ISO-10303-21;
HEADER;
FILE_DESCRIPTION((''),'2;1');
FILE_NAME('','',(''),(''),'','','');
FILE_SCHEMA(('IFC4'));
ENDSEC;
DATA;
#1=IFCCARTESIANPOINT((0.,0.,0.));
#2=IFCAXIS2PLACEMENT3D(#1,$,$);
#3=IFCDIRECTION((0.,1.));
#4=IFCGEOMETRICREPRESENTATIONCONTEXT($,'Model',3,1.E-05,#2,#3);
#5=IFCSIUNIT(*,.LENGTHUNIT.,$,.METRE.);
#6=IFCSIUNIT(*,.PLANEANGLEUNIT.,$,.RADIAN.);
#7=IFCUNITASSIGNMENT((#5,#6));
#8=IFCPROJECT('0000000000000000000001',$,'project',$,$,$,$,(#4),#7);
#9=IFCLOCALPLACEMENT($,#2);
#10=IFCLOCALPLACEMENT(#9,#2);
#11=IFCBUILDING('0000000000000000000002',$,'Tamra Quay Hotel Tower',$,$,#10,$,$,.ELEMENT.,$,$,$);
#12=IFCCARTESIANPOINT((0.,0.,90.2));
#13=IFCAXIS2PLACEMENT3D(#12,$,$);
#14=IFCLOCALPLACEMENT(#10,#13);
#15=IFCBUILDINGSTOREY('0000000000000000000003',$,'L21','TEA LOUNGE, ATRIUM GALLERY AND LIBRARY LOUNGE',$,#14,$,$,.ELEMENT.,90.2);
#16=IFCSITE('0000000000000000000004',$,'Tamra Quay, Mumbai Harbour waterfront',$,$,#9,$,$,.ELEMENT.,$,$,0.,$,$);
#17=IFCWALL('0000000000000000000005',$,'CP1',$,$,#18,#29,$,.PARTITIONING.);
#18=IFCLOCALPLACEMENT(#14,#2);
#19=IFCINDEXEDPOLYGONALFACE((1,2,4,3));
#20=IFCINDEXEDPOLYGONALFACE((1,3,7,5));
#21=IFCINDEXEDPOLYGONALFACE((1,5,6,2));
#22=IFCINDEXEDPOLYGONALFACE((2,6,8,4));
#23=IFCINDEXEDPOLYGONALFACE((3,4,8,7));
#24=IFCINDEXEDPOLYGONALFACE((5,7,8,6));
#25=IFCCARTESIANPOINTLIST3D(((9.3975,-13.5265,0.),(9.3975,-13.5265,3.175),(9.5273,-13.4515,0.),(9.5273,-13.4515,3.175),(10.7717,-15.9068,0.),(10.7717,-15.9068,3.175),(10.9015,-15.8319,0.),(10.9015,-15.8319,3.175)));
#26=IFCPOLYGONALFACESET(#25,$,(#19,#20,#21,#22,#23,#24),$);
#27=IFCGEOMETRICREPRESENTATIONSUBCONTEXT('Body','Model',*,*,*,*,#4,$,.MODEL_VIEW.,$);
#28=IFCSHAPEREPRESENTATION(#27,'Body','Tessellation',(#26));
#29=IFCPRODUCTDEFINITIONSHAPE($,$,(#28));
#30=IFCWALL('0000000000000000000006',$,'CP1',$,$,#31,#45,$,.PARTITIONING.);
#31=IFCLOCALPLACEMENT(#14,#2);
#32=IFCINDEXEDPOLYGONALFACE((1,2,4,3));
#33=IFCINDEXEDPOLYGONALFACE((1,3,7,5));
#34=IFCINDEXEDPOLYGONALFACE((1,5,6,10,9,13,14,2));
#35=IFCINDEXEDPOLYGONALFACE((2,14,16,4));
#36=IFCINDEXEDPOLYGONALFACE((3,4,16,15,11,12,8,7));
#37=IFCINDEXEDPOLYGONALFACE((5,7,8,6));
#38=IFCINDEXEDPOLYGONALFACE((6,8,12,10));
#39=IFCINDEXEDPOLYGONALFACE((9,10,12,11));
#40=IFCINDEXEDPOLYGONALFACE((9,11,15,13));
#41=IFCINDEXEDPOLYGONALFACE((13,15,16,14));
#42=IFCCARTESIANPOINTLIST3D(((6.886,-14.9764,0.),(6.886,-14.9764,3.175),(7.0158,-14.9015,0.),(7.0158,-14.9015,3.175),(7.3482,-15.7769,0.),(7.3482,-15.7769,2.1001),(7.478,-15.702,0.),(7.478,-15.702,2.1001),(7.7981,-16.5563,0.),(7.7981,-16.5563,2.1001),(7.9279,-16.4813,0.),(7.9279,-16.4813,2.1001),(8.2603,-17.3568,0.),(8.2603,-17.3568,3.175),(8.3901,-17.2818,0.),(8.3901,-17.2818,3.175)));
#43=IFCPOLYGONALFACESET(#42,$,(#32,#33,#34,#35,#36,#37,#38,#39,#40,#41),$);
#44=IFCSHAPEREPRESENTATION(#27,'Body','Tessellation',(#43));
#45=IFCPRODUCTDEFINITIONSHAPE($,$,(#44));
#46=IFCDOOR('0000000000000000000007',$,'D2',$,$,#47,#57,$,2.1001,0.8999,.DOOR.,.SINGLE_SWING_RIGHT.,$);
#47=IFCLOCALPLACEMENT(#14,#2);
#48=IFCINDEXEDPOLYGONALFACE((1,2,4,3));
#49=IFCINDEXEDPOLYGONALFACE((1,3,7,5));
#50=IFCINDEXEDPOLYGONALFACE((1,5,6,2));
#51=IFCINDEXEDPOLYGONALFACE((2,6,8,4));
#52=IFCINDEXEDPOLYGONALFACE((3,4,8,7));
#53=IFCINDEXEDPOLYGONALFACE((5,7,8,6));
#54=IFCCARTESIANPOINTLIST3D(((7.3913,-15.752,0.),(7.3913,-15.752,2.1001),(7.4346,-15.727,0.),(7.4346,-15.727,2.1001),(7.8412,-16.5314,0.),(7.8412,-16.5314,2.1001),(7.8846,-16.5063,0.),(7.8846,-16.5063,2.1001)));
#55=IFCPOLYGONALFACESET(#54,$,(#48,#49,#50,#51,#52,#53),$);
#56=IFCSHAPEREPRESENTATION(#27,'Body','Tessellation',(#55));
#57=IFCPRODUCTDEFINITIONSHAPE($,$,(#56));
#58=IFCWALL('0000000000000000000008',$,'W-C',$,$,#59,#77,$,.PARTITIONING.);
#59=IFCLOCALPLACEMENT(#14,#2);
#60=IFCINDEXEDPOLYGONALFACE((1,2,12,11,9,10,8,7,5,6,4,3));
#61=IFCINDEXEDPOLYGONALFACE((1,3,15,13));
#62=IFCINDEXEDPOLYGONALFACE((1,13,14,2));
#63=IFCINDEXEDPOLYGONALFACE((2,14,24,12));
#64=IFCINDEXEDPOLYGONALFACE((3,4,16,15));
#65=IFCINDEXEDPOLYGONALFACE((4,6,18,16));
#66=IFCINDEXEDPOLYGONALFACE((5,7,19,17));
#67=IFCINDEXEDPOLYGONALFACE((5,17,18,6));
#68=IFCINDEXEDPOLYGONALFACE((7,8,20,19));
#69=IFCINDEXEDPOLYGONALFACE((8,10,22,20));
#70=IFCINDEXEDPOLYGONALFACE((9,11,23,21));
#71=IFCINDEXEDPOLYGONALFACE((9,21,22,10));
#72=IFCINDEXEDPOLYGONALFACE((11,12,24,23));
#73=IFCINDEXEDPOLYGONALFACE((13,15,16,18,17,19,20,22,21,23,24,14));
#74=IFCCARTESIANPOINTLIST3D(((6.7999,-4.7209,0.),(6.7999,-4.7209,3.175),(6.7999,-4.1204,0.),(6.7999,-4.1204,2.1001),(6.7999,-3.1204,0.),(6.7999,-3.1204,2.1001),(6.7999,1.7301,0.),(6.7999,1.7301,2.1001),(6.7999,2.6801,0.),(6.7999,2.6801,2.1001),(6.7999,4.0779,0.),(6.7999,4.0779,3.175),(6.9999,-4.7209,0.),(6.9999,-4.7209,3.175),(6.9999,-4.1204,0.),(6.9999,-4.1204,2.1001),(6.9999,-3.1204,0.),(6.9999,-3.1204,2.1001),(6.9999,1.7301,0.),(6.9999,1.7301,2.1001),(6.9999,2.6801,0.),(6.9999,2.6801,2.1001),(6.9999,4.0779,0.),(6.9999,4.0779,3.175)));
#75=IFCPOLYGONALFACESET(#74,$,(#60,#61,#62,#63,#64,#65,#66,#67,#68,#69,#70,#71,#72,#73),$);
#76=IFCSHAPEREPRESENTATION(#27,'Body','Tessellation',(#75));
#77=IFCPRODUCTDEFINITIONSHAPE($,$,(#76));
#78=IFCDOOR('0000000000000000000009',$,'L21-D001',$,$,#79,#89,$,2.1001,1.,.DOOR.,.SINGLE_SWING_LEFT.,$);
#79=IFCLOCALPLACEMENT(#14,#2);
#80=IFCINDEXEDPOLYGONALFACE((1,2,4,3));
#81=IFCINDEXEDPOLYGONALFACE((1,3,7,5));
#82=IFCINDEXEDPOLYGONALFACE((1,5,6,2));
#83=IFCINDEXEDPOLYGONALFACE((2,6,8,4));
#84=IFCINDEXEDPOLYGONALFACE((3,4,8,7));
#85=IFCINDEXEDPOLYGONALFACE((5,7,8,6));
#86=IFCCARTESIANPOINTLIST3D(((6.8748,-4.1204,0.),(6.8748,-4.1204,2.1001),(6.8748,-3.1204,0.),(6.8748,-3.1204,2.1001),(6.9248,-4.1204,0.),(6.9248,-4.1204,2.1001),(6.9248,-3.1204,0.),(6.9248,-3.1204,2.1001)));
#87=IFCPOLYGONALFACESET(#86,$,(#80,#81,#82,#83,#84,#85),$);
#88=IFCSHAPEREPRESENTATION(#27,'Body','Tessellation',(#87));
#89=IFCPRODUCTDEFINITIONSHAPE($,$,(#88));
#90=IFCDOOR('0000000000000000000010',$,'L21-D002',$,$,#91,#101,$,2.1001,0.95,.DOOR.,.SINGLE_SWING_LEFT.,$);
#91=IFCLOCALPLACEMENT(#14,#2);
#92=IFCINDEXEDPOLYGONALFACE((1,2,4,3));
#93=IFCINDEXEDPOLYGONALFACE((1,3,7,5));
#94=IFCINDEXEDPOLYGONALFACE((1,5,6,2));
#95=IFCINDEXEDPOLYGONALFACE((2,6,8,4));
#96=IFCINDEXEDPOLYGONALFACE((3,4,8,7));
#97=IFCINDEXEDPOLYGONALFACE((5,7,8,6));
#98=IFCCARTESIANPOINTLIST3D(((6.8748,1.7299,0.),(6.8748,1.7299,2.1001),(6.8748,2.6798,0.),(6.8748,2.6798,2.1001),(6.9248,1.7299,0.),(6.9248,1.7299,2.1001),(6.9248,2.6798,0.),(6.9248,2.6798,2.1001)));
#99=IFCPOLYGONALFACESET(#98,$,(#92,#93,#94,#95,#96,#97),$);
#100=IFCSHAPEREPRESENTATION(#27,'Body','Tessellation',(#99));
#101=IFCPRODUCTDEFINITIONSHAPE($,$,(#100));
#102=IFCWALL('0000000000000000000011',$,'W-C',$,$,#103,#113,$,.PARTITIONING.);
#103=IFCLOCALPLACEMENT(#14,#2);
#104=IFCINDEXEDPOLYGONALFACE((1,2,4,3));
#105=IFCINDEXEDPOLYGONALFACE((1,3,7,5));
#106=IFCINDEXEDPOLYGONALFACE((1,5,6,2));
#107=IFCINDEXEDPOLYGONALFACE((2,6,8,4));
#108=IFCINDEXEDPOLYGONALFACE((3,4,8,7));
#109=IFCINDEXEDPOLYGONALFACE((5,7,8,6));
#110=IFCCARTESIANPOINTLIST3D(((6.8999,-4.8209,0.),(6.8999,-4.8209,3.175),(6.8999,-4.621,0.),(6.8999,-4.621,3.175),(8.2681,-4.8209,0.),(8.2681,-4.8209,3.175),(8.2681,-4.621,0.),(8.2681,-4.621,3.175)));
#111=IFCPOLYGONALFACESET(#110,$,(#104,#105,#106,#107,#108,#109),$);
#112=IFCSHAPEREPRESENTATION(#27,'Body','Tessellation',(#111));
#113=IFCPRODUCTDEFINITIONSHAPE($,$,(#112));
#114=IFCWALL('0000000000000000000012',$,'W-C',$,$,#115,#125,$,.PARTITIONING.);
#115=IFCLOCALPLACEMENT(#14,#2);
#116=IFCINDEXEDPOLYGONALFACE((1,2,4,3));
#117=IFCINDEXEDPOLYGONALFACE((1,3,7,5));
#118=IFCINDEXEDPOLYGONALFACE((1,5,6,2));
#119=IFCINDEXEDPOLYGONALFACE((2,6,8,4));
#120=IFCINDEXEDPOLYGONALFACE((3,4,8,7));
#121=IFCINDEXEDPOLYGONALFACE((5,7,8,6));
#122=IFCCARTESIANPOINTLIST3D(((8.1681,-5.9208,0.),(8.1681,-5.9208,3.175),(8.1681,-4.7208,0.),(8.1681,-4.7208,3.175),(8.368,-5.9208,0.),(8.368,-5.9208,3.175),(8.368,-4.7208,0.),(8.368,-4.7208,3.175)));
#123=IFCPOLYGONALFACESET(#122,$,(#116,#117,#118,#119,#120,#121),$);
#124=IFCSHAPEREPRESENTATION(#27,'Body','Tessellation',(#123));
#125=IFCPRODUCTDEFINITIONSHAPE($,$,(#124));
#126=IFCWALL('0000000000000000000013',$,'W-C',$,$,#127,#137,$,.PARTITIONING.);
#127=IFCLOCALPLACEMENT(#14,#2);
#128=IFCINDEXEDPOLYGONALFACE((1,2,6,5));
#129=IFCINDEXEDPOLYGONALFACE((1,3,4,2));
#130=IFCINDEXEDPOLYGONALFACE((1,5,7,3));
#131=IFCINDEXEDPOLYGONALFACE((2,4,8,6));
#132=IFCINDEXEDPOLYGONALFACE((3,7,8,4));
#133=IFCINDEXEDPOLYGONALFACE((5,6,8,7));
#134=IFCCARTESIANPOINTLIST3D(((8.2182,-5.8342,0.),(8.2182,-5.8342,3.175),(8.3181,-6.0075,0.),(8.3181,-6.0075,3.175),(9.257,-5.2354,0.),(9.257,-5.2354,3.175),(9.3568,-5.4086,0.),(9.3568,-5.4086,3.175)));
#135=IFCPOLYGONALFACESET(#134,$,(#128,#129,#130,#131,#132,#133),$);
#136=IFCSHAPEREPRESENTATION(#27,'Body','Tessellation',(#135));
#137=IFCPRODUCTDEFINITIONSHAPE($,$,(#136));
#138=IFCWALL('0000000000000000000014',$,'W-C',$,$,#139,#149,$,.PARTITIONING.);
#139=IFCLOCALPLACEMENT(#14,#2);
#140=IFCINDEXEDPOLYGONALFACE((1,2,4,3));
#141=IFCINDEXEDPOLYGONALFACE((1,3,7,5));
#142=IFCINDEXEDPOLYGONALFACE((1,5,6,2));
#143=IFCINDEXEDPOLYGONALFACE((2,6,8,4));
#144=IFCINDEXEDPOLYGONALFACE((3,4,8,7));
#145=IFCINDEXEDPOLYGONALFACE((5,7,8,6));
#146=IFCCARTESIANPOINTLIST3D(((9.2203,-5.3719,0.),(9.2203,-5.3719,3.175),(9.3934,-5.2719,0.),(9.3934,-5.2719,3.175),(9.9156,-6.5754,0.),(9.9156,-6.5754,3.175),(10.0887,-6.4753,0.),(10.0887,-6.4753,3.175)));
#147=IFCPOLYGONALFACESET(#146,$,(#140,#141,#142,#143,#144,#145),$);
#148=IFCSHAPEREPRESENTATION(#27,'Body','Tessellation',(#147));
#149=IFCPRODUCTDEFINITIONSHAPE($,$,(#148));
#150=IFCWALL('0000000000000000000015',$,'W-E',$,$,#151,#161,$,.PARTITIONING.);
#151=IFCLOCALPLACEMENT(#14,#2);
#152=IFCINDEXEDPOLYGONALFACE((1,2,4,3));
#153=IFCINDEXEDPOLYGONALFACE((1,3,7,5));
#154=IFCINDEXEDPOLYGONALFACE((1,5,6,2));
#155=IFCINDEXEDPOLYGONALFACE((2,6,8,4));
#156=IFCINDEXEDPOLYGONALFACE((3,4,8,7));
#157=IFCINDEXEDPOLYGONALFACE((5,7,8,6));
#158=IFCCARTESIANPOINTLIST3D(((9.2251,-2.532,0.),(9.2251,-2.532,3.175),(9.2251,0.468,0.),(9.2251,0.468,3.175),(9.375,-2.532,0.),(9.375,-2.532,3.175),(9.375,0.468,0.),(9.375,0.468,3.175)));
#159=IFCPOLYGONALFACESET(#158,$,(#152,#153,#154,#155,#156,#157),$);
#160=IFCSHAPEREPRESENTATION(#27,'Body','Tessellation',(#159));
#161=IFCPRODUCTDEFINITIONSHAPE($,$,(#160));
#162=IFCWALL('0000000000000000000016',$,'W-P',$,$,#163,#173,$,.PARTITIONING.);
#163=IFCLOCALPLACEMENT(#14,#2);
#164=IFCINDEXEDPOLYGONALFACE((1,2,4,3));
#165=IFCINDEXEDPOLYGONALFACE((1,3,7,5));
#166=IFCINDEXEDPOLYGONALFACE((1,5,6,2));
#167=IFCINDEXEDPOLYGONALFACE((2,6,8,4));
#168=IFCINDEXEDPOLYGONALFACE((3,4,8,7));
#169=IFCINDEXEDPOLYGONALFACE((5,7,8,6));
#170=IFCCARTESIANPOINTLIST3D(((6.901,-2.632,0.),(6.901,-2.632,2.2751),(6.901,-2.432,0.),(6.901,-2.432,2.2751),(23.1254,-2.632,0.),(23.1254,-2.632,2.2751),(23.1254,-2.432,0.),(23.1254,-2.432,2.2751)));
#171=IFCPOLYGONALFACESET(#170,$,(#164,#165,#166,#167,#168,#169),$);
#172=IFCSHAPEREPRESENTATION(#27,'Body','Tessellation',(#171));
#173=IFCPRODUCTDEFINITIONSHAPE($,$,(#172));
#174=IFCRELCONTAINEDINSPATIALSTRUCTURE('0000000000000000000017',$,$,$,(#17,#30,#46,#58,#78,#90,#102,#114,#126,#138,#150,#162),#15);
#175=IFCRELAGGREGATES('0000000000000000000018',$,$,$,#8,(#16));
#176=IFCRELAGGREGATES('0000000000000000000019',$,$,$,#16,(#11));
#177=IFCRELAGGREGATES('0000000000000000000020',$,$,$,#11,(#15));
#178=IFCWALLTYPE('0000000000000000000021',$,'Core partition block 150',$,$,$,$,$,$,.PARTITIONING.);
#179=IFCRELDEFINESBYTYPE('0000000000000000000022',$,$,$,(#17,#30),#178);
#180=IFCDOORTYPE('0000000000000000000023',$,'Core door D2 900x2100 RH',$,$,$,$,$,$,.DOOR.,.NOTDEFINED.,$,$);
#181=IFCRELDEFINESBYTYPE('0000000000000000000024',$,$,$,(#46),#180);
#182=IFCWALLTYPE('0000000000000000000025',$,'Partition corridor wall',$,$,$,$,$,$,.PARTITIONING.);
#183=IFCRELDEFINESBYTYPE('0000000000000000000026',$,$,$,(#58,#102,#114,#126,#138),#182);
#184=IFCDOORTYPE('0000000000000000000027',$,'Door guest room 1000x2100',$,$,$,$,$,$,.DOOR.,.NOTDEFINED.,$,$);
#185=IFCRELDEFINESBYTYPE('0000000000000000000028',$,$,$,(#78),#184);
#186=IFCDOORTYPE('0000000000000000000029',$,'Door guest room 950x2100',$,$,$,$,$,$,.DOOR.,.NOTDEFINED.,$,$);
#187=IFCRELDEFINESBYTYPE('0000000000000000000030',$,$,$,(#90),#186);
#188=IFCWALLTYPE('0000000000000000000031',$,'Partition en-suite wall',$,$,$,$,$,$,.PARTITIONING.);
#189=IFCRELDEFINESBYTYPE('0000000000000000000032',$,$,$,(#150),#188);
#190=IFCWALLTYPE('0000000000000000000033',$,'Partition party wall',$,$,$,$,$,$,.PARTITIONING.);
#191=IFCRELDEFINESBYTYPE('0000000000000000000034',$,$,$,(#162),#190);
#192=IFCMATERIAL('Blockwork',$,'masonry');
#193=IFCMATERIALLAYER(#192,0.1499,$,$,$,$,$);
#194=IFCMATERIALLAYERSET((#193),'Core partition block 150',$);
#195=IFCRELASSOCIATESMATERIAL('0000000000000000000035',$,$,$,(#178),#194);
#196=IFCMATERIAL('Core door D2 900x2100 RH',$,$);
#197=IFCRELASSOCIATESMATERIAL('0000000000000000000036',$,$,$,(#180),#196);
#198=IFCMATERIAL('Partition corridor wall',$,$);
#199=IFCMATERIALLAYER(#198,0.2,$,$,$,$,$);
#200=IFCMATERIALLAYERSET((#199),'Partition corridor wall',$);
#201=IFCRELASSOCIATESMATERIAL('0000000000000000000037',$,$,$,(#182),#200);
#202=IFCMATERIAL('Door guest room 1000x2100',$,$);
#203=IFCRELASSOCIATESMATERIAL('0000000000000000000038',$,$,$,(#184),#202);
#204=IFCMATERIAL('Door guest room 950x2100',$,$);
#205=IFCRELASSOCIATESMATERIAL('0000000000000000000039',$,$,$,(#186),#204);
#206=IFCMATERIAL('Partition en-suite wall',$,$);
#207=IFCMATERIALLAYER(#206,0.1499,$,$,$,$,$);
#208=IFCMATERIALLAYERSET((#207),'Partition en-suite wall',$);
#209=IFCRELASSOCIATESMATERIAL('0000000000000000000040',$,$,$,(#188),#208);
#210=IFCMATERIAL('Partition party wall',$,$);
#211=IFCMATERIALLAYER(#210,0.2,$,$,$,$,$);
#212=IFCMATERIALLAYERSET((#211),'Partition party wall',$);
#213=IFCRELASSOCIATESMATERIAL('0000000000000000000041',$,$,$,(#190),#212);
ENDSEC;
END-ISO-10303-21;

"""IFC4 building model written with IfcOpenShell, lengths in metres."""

from ifc_helpers import new_model, si_unit, direction, frame, frame_2d, origin, place, context, subcontext, project, spatial, rectangle, extrude, material, layer, layer_set, type_object, element, fill, save


model = new_model("IFC4")

# Units and contexts
model_context = context("Model", 3, precision=1e-05, world=origin(), true_north=direction((0.0, 1.0)))
body_context = subcontext(model_context, "Body", "Model", "MODEL_VIEW")
ifc_project = project(units=[si_unit("LENGTHUNIT", "METRE"), si_unit("PLANEANGLEUNIT", "RADIAN")], contexts=[model_context])

# Site, building, storey
site_placement = place(None, origin())
site = spatial("IfcSite", under=ifc_project, at=site_placement, Name="Tamra Quay, Mumbai Harbour waterfront", CompositionType="ELEMENT", RefElevation=0.0)
building_placement = place(site_placement, origin())
building = spatial("IfcBuilding", under=site, at=building_placement, Name="Tamra Quay Hotel Tower", CompositionType="ELEMENT")
storey_placement = place(building_placement, frame((0.0, 0.0, 90.2)))
storey = spatial("IfcBuildingStorey", under=building, at=storey_placement, Name="L21", Description="TEA LOUNGE, ATRIUM GALLERY AND LIBRARY LOUNGE", CompositionType="ELEMENT", Elevation=90.2)

# Shared definitions
ifc_material_1 = material(Name="Blockwork", Category="masonry")
ifc_layer_1 = layer(ifc_material_1, 0.1499)
ifc_layer_set_1 = layer_set([ifc_layer_1], Name="Core partition block 150")
wall_type_1 = type_object("IfcWallType", Name="Core partition block 150", PredefinedType="PARTITIONING", material=ifc_layer_set_1)

# Wall
wall_1_placement = place(storey_placement, frame((9.4624, -13.489, 0.0), z_axis=(0.0, 0.0, 1.0), x_axis=(0.499989, -0.866032, 0.0)))
element("IfcWall", 1, at=wall_1_placement, inside=storey, type_object=wall_type_1, Name="CP1", PredefinedType="PARTITIONING", context=body_context, shape_type="SweptSolid", body=[
    extrude(rectangle(XDim=2.7485, YDim=0.1499, at=frame_2d((1.3743, 0.0))), origin(), (0.0, 0.0, 1.0), 3.175),
])

# Wall, opening, door
wall_2_placement = place(storey_placement, frame((6.9509, -14.939, 0.0), z_axis=(0.0, 0.0, 1.0), x_axis=(0.499989, -0.866032, 0.0)))
wall_2 = element("IfcWall", 2, at=wall_2_placement, inside=storey, type_object=wall_type_1, Name="CP1", PredefinedType="PARTITIONING", context=body_context, shape_type="SweptSolid", body=[
    extrude(rectangle(XDim=2.7485, YDim=0.1499, at=frame_2d((1.3743, 0.0))), origin(), (0.0, 0.0, 1.0), 3.175),
])
opening_1_placement = place(wall_2_placement, frame((0.9243, 0.0, 0.0)))
opening_1 = element("IfcOpeningElement", 3, at=opening_1_placement, cuts=wall_2, PredefinedType="OPENING", context=body_context, shape_type="SweptSolid", body=[
    extrude(rectangle(XDim=0.8999, YDim=2.1001, at=frame_2d((0.45, 1.05))), frame((0.0, 0.085, 0.0), z_axis=(0.0, -1.0, 0.0), x_axis=(1.0, 0.0, 0.0)), (0.0, 0.0, 1.0), 0.1699),
])
ifc_material_2 = material(Name="Core door D2 900x2100 RH")
door_type_1 = type_object("IfcDoorType", Name="Core door D2 900x2100 RH", OperationType="NOTDEFINED", PredefinedType="DOOR", material=ifc_material_2)
door_1_placement = place(opening_1_placement, origin())
door_1 = element("IfcDoor", 4, at=door_1_placement, inside=storey, type_object=door_type_1, Name="D2", OperationType="SINGLE_SWING_RIGHT", OverallHeight=2.1001, OverallWidth=0.8999, PredefinedType="DOOR", context=body_context, shape_type="SweptSolid", body=[
    extrude(rectangle(XDim=0.8999, YDim=2.1001, at=frame_2d((0.45, 1.05))), frame((0.0, 0.0249, 0.0), z_axis=(0.0, -1.0, 0.0), x_axis=(1.0, 0.0, 0.0)), (0.0, 0.0, 1.0), 0.05),
])
fill(opening_1, door_1)

# Wall, openings, doors
ifc_material_3 = material(Name="Partition corridor wall")
ifc_layer_2 = layer(ifc_material_3, 0.2)
ifc_layer_set_2 = layer_set([ifc_layer_2], Name="Partition corridor wall")
wall_type_2 = type_object("IfcWallType", Name="Partition corridor wall", PredefinedType="PARTITIONING", material=ifc_layer_set_2)
wall_3_placement = place(storey_placement, frame((6.8999, -4.7209, 0.0), z_axis=(0.0, 0.0, 1.0), x_axis=(0.0, 1.0, 0.0)))
wall_3 = element("IfcWall", 5, at=wall_3_placement, inside=storey, type_object=wall_type_2, Name="W-C", PredefinedType="PARTITIONING", context=body_context, shape_type="SweptSolid", body=[
    extrude(rectangle(XDim=8.7988, YDim=0.2, at=frame_2d((4.3994, 0.0))), origin(), (0.0, 0.0, 1.0), 3.175),
])
opening_2_placement = place(wall_3_placement, frame((0.6006, 0.0, 0.0)))
opening_2 = element("IfcOpeningElement", 6, at=opening_2_placement, cuts=wall_3, PredefinedType="OPENING", context=body_context, shape_type="SweptSolid", body=[
    extrude(rectangle(XDim=1.0, YDim=2.1001, at=frame_2d((0.5, 1.05))), frame((0.0, 0.1099, 0.0), z_axis=(0.0, -1.0, 0.0), x_axis=(1.0, 0.0, 0.0)), (0.0, 0.0, 1.0), 0.22),
])
opening_3_placement = place(wall_3_placement, frame((6.4509, 0.0, 0.0)))
opening_3 = element("IfcOpeningElement", 7, at=opening_3_placement, cuts=wall_3, PredefinedType="OPENING", context=body_context, shape_type="SweptSolid", body=[
    extrude(rectangle(XDim=0.95, YDim=2.1001, at=frame_2d((0.4751, 1.05))), frame((0.0, 0.1099, 0.0), z_axis=(0.0, -1.0, 0.0), x_axis=(1.0, 0.0, 0.0)), (0.0, 0.0, 1.0), 0.22),
])
ifc_material_4 = material(Name="Door guest room 1000x2100")
door_type_2 = type_object("IfcDoorType", Name="Door guest room 1000x2100", OperationType="NOTDEFINED", PredefinedType="DOOR", material=ifc_material_4)
door_2_placement = place(opening_2_placement, frame((1.0, 0.0, 0.0), z_axis=(0.0, 0.0, 1.0), x_axis=(-1.0, 0.0, 0.0)))
door_2 = element("IfcDoor", 8, at=door_2_placement, inside=storey, type_object=door_type_2, Name="L21-D001", OperationType="SINGLE_SWING_LEFT", OverallHeight=2.1001, OverallWidth=1.0, PredefinedType="DOOR", context=body_context, shape_type="SweptSolid", body=[
    extrude(rectangle(XDim=1.0, YDim=2.1001, at=frame_2d((0.5, 1.05))), frame((0.0, 0.0249, 0.0), z_axis=(0.0, -1.0, 0.0), x_axis=(1.0, 0.0, 0.0)), (0.0, 0.0, 1.0), 0.05),
])
fill(opening_2, door_2)
ifc_material_5 = material(Name="Door guest room 950x2100")
door_type_3 = type_object("IfcDoorType", Name="Door guest room 950x2100", OperationType="NOTDEFINED", PredefinedType="DOOR", material=ifc_material_5)
door_3_placement = place(opening_3_placement, frame((0.95, 0.0, 0.0), z_axis=(0.0, 0.0, 1.0), x_axis=(-1.0, 0.0, 0.0)))
door_3 = element("IfcDoor", 9, at=door_3_placement, inside=storey, type_object=door_type_3, Name="L21-D002", OperationType="SINGLE_SWING_LEFT", OverallHeight=2.1001, OverallWidth=0.95, PredefinedType="DOOR", context=body_context, shape_type="SweptSolid", body=[
    extrude(rectangle(XDim=0.95, YDim=2.1001, at=frame_2d((0.4751, 1.05))), frame((0.0, 0.0249, 0.0), z_axis=(0.0, -1.0, 0.0), x_axis=(1.0, 0.0, 0.0)), (0.0, 0.0, 1.0), 0.05),
])
fill(opening_3, door_3)

# Walls
wall_4_placement = place(storey_placement, frame((6.8999, -4.7209, 0.0), z_axis=(0.0, 0.0, 1.0), x_axis=(1.0, 0.0, 0.0)))
element("IfcWall", 10, at=wall_4_placement, inside=storey, type_object=wall_type_2, Name="W-C", PredefinedType="PARTITIONING", context=body_context, shape_type="SweptSolid", body=[
    extrude(rectangle(XDim=1.3682, YDim=0.2, at=frame_2d((0.6841, 0.0))), origin(), (0.0, 0.0, 1.0), 3.175),
])
wall_5_placement = place(storey_placement, frame((8.2681, -5.9209, 0.0), z_axis=(0.0, 0.0, 1.0), x_axis=(0.0, 1.0, 0.0)))
element("IfcWall", 11, at=wall_5_placement, inside=storey, type_object=wall_type_2, Name="W-C", PredefinedType="PARTITIONING", context=body_context, shape_type="SweptSolid", body=[
    extrude(rectangle(XDim=1.2, YDim=0.2, at=frame_2d((0.6001, 0.0))), origin(), (0.0, 0.0, 1.0), 3.175),
])
wall_6_placement = place(storey_placement, frame((8.2681, -5.9209, 0.0), z_axis=(0.0, 0.0, 1.0), x_axis=(0.866345, 0.499446, 0.0)))
element("IfcWall", 12, at=wall_6_placement, inside=storey, type_object=wall_type_2, Name="W-C", PredefinedType="PARTITIONING", context=body_context, shape_type="SweptSolid", body=[
    extrude(rectangle(XDim=1.199, YDim=0.2, at=frame_2d((0.5996, 0.0))), origin(), (0.0, 0.0, 1.0), 3.175),
])
wall_7_placement = place(storey_placement, frame((9.3069, -5.322, 0.0), z_axis=(0.0, 0.0, 1.0), x_axis=(0.500295, -0.865855, 0.0)))
element("IfcWall", 13, at=wall_7_placement, inside=storey, type_object=wall_type_2, Name="W-C", PredefinedType="PARTITIONING", context=body_context, shape_type="SweptSolid", body=[
    extrude(rectangle(XDim=1.3899, YDim=0.2, at=frame_2d((0.6948, 0.0))), origin(), (0.0, 0.0, 1.0), 3.175),
])
ifc_material_6 = material(Name="Partition en-suite wall")
ifc_layer_3 = layer(ifc_material_6, 0.1499)
ifc_layer_set_3 = layer_set([ifc_layer_3], Name="Partition en-suite wall")
wall_type_3 = type_object("IfcWallType", Name="Partition en-suite wall", PredefinedType="PARTITIONING", material=ifc_layer_set_3)
wall_8_placement = place(storey_placement, frame((9.3, -2.532, 0.0), z_axis=(0.0, 0.0, 1.0), x_axis=(0.0, 1.0, 0.0)))
element("IfcWall", 14, at=wall_8_placement, inside=storey, type_object=wall_type_3, Name="W-E", PredefinedType="PARTITIONING", context=body_context, shape_type="SweptSolid", body=[
    extrude(rectangle(XDim=3.0, YDim=0.1499, at=frame_2d((1.5, 0.0))), origin(), (0.0, 0.0, 1.0), 3.175),
])
ifc_material_7 = material(Name="Partition party wall")
ifc_layer_4 = layer(ifc_material_7, 0.2)
ifc_layer_set_4 = layer_set([ifc_layer_4], Name="Partition party wall")
wall_type_4 = type_object("IfcWallType", Name="Partition party wall", PredefinedType="PARTITIONING", material=ifc_layer_set_4)
wall_9_placement = place(storey_placement, frame((6.9009, -2.532, 0.0), z_axis=(0.0, 0.0, 1.0), x_axis=(1.0, 0.0, 0.0)))
element("IfcWall", 15, at=wall_9_placement, inside=storey, type_object=wall_type_4, Name="W-P", PredefinedType="PARTITIONING", context=body_context, shape_type="SweptSolid", body=[
    extrude(rectangle(XDim=16.2244, YDim=0.2, at=frame_2d((8.1123, 0.0))), origin(), (0.0, 0.0, 1.0), 2.2751),
])

save(model, "model.ifc")
